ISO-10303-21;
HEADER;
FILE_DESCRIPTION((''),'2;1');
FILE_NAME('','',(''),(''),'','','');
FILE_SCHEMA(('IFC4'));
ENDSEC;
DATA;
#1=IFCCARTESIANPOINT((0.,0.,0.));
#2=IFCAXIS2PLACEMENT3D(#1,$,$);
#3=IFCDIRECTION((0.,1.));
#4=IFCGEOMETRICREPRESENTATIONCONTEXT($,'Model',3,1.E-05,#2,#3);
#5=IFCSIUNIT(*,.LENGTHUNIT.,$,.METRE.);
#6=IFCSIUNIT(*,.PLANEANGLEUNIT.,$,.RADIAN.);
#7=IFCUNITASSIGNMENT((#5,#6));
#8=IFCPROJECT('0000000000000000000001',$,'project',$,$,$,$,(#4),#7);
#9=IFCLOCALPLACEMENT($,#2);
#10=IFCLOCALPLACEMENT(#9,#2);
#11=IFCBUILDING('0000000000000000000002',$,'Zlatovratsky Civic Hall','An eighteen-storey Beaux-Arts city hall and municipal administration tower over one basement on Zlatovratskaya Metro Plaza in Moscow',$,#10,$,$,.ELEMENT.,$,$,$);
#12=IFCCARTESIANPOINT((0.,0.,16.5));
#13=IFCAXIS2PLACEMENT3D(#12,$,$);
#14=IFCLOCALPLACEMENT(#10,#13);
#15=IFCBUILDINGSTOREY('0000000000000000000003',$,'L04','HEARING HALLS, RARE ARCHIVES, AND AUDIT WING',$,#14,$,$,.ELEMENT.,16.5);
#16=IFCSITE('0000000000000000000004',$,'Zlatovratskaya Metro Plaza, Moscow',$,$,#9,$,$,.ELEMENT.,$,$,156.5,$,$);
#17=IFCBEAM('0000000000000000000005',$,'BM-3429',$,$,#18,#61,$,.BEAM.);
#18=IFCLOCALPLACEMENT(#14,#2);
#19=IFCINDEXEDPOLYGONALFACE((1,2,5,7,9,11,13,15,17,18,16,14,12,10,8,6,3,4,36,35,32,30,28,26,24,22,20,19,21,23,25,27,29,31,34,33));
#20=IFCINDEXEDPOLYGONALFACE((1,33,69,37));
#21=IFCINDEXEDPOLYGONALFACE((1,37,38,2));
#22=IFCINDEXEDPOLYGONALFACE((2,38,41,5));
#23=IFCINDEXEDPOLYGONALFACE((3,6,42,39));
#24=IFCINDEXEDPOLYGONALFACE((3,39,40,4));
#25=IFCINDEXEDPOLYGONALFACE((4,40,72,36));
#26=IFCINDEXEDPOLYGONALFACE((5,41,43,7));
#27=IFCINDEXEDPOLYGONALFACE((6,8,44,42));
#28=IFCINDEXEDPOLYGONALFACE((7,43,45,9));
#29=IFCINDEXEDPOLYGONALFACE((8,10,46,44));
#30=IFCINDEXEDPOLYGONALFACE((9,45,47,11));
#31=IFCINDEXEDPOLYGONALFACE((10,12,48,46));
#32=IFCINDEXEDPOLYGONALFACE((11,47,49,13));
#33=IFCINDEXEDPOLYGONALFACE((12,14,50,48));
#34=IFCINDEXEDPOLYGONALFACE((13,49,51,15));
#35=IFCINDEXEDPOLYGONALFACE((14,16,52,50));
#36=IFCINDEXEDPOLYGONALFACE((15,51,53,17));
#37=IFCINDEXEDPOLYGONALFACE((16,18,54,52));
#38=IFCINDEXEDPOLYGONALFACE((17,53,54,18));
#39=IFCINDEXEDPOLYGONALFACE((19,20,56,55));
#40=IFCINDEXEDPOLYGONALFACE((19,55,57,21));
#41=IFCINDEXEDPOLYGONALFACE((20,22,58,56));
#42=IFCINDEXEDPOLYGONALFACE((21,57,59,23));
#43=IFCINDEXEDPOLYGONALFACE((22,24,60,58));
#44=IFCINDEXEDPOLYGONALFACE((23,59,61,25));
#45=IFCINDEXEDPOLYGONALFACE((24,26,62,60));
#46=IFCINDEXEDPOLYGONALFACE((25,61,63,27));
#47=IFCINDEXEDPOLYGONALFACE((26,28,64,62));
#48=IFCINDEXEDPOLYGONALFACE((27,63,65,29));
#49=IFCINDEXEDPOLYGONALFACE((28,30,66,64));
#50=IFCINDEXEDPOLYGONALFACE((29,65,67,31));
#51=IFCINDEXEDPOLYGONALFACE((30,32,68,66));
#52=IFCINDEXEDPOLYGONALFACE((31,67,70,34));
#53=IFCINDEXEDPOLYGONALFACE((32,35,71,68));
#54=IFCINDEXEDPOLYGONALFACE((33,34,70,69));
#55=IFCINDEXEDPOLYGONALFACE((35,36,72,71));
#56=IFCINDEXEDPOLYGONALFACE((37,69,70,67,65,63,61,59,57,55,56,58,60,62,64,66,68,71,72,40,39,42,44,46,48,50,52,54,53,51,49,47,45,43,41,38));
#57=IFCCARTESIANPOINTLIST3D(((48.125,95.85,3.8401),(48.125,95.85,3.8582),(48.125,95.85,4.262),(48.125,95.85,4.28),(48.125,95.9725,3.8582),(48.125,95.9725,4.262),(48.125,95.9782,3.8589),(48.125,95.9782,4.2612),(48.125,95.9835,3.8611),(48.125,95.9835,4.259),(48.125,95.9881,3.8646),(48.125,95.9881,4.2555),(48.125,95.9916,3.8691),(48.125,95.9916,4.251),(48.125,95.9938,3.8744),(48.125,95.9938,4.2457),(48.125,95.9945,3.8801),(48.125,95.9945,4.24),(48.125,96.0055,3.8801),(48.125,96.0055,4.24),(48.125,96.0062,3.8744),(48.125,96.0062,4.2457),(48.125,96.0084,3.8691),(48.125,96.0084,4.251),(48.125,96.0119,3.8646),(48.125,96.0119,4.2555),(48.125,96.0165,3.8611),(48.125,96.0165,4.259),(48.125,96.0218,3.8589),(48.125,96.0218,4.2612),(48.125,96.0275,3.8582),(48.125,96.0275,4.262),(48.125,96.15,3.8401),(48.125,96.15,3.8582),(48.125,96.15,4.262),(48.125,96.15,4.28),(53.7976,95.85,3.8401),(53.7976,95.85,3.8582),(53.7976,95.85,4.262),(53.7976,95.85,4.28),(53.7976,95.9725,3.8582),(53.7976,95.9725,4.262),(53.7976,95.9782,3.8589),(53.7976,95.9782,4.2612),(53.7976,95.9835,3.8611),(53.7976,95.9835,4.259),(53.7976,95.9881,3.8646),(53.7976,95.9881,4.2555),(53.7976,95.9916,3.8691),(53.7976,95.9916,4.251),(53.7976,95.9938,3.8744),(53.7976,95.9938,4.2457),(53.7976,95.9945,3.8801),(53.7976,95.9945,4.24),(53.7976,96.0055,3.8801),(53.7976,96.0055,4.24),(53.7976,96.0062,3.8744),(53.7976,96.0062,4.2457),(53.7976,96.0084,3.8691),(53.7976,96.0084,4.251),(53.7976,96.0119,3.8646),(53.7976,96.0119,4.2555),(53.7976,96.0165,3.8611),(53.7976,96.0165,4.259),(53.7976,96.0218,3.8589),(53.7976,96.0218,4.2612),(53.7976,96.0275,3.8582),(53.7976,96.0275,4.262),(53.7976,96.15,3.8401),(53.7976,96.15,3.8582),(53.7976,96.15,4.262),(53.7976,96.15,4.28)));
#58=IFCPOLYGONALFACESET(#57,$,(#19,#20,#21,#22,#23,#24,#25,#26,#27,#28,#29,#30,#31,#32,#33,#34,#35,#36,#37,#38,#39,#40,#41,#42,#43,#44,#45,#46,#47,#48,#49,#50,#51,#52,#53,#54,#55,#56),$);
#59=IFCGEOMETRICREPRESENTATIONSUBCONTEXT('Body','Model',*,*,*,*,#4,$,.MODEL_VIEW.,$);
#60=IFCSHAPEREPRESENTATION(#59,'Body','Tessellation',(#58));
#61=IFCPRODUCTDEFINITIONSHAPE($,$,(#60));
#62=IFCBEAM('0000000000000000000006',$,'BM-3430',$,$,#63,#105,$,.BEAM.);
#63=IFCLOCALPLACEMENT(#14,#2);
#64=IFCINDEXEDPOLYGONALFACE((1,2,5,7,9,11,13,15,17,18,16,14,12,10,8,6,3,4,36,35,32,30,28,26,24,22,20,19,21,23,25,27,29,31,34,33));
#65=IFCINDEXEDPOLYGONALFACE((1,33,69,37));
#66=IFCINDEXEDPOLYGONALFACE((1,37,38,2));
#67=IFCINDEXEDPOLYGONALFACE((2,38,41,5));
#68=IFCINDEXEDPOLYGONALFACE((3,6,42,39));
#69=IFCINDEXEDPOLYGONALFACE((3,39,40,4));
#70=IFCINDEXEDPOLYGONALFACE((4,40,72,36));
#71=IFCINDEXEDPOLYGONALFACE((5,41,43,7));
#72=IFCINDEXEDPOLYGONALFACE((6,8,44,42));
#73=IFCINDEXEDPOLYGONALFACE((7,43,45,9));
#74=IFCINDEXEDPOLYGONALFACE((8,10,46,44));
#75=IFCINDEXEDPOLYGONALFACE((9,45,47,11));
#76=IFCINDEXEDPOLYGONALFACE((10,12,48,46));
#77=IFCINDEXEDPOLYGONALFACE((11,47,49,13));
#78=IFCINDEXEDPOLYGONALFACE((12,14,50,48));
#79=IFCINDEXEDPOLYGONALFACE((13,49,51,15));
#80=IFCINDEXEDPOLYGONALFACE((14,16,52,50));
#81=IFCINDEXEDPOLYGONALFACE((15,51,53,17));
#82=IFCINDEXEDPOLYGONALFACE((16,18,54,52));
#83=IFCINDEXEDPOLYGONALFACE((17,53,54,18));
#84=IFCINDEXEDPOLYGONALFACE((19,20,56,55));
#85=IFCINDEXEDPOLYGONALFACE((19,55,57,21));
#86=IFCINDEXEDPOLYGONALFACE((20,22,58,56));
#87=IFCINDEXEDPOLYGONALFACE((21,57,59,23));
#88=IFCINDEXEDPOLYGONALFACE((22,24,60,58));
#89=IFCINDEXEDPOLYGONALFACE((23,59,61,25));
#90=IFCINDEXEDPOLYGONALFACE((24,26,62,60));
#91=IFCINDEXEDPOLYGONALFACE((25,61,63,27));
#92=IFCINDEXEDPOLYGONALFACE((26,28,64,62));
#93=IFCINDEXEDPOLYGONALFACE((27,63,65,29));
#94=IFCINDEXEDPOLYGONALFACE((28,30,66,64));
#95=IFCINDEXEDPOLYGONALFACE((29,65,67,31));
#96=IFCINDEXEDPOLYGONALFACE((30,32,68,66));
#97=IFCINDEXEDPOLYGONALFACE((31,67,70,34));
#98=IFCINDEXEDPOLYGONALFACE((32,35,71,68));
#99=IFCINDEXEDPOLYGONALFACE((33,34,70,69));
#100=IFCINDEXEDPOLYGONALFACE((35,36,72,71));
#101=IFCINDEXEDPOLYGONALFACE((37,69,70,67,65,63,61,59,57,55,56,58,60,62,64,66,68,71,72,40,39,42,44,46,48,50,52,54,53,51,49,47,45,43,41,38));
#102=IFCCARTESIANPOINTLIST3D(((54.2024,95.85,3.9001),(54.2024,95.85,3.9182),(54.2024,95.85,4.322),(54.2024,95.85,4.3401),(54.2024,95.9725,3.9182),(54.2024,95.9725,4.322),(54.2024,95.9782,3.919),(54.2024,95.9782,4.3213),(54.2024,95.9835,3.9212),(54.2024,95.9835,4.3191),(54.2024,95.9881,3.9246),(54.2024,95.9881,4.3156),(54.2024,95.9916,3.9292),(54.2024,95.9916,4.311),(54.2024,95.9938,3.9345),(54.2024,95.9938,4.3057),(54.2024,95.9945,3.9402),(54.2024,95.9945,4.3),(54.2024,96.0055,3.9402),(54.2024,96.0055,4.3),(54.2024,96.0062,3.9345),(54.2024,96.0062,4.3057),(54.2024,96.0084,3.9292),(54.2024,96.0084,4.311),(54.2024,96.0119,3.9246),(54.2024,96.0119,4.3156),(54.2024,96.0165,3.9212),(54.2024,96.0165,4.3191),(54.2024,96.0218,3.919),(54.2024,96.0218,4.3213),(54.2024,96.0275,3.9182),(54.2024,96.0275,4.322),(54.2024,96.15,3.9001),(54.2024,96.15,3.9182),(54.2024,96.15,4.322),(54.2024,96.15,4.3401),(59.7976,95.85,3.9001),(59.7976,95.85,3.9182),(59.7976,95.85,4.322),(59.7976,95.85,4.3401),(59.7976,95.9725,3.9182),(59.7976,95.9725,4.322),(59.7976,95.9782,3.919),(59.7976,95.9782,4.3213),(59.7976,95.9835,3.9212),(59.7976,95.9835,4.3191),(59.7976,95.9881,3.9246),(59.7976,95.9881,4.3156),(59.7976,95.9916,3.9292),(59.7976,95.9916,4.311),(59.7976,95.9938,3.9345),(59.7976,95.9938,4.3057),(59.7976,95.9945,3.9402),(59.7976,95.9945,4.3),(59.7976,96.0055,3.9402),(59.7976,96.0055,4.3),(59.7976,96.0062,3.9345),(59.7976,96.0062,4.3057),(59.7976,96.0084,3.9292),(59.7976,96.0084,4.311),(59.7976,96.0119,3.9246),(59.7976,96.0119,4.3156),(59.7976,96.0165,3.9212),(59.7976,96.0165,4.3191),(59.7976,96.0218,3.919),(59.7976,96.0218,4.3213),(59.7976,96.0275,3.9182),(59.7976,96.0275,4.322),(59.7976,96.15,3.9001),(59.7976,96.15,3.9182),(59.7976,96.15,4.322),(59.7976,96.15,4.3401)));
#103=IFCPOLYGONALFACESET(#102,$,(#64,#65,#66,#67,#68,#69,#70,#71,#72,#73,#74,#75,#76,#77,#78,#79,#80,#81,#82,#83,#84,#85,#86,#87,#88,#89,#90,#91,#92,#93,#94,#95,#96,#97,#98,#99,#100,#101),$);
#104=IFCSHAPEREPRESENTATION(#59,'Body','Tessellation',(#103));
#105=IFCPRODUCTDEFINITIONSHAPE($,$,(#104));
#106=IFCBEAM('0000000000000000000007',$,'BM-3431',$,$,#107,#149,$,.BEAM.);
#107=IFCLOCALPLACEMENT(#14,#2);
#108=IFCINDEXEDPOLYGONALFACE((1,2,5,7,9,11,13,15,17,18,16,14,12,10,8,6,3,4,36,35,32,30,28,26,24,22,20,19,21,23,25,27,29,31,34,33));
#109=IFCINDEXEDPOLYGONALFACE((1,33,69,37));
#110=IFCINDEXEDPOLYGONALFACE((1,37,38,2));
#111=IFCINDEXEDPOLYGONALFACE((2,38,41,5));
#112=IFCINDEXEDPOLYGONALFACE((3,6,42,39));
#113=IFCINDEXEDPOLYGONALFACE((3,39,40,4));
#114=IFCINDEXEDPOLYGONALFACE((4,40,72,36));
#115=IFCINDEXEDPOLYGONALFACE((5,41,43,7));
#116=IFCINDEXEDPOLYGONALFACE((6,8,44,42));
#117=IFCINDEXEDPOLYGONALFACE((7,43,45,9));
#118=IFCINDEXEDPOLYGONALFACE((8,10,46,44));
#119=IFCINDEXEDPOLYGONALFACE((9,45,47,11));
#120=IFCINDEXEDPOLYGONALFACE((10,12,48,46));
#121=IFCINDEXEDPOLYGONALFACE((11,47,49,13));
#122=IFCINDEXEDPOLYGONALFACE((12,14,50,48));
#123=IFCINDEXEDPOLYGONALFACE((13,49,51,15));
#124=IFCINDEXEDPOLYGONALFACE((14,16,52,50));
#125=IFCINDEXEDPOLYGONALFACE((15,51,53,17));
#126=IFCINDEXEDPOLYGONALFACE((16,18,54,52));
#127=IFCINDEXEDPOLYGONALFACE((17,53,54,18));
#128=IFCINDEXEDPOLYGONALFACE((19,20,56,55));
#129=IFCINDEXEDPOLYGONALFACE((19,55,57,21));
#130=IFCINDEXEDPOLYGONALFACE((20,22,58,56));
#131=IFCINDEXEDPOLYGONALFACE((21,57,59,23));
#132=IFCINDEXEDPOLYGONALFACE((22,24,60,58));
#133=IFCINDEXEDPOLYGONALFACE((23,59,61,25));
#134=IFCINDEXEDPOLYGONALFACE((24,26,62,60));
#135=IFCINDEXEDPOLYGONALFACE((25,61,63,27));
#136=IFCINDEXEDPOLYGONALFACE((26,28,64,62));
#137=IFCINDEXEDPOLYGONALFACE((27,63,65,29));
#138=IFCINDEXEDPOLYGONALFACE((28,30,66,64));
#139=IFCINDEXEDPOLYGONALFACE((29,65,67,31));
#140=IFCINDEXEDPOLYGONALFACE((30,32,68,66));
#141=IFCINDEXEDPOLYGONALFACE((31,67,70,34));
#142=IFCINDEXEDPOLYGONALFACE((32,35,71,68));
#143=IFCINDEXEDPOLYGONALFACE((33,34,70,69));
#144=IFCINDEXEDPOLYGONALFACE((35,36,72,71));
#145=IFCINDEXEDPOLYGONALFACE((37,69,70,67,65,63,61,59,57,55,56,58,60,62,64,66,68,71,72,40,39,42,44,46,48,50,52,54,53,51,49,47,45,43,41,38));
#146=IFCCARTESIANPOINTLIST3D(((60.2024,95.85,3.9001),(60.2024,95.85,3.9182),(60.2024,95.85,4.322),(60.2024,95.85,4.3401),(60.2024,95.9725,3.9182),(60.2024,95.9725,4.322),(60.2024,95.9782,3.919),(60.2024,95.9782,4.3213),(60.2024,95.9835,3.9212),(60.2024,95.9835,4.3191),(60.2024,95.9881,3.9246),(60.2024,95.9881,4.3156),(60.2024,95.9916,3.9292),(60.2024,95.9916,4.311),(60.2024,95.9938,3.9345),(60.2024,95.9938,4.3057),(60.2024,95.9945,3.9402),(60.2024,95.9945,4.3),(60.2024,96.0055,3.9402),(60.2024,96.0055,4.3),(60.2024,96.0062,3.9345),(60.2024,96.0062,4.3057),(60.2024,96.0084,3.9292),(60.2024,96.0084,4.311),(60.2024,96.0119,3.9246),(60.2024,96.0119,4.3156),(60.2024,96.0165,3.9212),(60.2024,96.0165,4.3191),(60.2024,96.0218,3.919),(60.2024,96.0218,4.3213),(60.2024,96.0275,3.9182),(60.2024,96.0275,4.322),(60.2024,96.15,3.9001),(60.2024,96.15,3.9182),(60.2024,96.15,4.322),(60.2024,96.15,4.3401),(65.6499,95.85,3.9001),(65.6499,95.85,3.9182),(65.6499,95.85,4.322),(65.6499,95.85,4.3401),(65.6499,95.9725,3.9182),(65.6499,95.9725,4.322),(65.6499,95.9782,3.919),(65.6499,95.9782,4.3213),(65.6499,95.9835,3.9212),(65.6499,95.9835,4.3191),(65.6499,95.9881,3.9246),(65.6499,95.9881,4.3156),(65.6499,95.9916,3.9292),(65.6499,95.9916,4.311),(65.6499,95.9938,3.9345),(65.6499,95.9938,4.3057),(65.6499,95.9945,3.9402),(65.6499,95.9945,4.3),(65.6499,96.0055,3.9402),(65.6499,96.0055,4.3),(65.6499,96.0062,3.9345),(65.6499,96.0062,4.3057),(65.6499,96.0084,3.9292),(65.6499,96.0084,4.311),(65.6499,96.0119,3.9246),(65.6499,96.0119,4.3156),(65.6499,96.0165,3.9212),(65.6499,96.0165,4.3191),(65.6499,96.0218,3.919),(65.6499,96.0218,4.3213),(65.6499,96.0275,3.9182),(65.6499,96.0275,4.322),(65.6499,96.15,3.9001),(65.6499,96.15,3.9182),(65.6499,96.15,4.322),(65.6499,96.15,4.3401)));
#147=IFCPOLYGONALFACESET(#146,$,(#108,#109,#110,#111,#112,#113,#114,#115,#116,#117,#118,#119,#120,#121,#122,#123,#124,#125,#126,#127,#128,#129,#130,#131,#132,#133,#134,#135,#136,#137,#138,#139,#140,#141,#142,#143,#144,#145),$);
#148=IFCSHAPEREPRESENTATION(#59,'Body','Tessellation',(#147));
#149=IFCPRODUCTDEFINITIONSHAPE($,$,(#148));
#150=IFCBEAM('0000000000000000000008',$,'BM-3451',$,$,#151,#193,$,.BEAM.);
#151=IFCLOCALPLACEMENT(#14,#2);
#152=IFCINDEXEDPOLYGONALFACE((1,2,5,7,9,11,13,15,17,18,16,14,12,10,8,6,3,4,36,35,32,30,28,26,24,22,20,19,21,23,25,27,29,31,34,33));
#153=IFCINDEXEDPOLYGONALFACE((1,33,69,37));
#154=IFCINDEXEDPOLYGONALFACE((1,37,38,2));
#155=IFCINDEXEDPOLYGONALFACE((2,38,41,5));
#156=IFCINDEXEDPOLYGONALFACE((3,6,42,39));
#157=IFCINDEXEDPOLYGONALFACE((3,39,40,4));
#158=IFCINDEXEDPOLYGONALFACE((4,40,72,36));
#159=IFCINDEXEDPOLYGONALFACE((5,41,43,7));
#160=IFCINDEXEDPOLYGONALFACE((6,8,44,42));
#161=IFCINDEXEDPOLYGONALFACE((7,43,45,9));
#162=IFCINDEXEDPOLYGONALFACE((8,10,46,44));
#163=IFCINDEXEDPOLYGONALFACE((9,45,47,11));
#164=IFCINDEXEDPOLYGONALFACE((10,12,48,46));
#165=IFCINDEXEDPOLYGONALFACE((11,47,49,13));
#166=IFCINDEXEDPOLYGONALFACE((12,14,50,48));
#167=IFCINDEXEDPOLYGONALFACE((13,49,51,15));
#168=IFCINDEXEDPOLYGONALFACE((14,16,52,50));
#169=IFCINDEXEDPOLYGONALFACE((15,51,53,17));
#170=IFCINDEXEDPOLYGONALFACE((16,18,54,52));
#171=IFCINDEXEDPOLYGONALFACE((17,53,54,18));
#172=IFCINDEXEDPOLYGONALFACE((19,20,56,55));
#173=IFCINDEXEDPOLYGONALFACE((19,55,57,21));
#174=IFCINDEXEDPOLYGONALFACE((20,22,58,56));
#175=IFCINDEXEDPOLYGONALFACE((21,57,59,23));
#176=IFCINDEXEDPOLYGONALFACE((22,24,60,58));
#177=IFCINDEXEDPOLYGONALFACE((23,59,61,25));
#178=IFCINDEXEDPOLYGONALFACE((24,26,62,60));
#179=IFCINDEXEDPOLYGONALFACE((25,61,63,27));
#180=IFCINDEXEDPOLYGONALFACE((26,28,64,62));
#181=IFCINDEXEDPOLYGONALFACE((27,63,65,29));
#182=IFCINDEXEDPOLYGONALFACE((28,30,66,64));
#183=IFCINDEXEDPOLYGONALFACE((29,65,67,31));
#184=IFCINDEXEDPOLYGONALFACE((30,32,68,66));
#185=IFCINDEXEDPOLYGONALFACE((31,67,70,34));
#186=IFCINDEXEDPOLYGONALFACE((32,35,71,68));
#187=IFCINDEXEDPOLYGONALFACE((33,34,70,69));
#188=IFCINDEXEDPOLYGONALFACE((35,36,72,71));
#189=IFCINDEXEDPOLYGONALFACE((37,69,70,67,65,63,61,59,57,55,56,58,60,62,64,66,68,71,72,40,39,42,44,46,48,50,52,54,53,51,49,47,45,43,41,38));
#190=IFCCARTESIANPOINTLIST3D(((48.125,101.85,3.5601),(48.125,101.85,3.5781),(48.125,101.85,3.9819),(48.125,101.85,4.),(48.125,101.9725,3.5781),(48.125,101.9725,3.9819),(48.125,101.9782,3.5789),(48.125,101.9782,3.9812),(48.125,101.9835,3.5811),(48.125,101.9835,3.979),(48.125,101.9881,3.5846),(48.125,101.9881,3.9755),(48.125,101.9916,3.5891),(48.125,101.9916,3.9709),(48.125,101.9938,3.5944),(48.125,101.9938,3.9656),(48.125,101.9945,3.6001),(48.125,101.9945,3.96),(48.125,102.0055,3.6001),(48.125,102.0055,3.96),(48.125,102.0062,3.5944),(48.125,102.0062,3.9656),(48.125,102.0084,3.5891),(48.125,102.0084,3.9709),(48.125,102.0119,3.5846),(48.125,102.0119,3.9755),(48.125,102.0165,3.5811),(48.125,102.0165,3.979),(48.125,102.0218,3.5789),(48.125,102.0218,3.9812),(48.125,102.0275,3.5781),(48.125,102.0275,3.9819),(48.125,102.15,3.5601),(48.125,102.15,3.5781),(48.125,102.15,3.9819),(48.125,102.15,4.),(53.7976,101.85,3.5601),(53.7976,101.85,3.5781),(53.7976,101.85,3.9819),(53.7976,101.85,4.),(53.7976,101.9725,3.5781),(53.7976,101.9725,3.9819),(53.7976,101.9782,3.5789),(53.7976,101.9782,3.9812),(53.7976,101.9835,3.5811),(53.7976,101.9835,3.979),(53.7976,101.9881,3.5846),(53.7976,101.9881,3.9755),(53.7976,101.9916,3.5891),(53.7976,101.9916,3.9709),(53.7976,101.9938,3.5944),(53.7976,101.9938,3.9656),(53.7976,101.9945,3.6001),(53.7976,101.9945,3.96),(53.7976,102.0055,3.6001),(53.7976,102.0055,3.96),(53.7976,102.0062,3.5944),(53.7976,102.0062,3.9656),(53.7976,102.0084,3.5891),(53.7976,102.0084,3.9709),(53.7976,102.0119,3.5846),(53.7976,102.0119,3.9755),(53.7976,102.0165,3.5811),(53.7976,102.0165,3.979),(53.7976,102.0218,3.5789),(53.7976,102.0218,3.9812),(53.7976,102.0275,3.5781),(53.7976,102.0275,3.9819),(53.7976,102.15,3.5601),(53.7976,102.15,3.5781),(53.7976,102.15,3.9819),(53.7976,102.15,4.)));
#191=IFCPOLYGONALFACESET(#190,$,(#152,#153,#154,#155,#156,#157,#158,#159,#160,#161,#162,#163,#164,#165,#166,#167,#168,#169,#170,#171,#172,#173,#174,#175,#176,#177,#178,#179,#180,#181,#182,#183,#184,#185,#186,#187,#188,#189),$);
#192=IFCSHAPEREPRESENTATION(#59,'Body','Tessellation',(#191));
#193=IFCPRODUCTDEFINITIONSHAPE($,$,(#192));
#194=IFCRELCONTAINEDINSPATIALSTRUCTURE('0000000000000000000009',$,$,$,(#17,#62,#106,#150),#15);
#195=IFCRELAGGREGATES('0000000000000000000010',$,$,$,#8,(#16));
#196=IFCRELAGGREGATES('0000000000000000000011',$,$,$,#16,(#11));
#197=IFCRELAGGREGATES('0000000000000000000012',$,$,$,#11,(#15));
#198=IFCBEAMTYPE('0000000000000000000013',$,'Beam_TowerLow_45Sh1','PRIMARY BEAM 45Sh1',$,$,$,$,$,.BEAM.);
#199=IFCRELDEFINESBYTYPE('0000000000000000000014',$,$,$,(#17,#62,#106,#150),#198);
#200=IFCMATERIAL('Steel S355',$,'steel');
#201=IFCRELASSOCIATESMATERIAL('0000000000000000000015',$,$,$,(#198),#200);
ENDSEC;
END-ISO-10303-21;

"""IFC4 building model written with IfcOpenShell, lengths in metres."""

from ifc_helpers import new_model, si_unit, direction, frame, origin, origin_2d, place, context, subcontext, project, spatial, i_section, extrude, material, material_profile, profile_set, type_object, element, save


model = new_model("IFC4")

# Units and contexts
model_context = context("Model", 3, precision=1e-05, world=origin(), true_north=direction((0.0, 1.0)))
body_context = subcontext(model_context, "Body", "Model", "MODEL_VIEW")
ifc_project = project(units=[si_unit("LENGTHUNIT", "METRE"), si_unit("PLANEANGLEUNIT", "RADIAN")], contexts=[model_context])

# Site, building, storey
site_placement = place(None, origin())
site = spatial("IfcSite", under=ifc_project, at=site_placement, Name="Zlatovratskaya Metro Plaza, Moscow", CompositionType="ELEMENT", RefElevation=156.5)
building_placement = place(site_placement, origin())
building = spatial("IfcBuilding", under=site, at=building_placement, Name="Zlatovratsky Civic Hall", Description="An eighteen-storey Beaux-Arts city hall and municipal administration tower over one basement on Zlatovratskaya Metro Plaza in Moscow", CompositionType="ELEMENT")
storey_placement = place(building_placement, frame((0.0, 0.0, 16.5)))
storey = spatial("IfcBuildingStorey", under=building, at=storey_placement, Name="L04", Description="HEARING HALLS, RARE ARCHIVES, AND AUDIT WING", CompositionType="ELEMENT", Elevation=16.5)

# Shared definitions
ifc_material_1 = material(Name="Steel S355", Category="steel")

# Beams
ifc_material_profile_1 = material_profile(ifc_material_1, i_section(OverallWidth=0.3, OverallDepth=0.4399, WebThickness=0.011, FlangeThickness=0.0181, FilletRadius=0.022, at=origin_2d()), Name="45Sh1")
ifc_profile_set_1 = profile_set([ifc_material_profile_1], Name="Steel S355")
beam_type_1 = type_object("IfcBeamType", Name="Beam_TowerLow_45Sh1", Description="PRIMARY BEAM 45Sh1", PredefinedType="BEAM", material=ifc_profile_set_1)
beam_1_placement = place(storey_placement, frame((48.125, 96.0, 4.0601), z_axis=(1.0, 0.0, 0.0), x_axis=(0.0, 1.0, 0.0)))
element("IfcBeam", 1, at=beam_1_placement, inside=storey, type_object=beam_type_1, Name="BM-3429", PredefinedType="BEAM", context=body_context, shape_type="SweptSolid", body=[
    extrude(i_section(OverallWidth=0.3, OverallDepth=0.4399, WebThickness=0.011, FlangeThickness=0.0181, FilletRadius=0.022, at=origin_2d()), origin(), (0.0, 0.0, 1.0), 5.6726),
])
beam_2_placement = place(storey_placement, frame((54.2024, 96.0, 4.1201), z_axis=(1.0, 0.0, 0.0), x_axis=(0.0, 1.0, 0.0)))
element("IfcBeam", 2, at=beam_2_placement, inside=storey, type_object=beam_type_1, Name="BM-3430", PredefinedType="BEAM", context=body_context, shape_type="SweptSolid", body=[
    extrude(i_section(OverallWidth=0.3, OverallDepth=0.4399, WebThickness=0.011, FlangeThickness=0.0181, FilletRadius=0.022, at=origin_2d()), origin(), (0.0, 0.0, 1.0), 5.5952),
])
beam_3_placement = place(storey_placement, frame((60.2024, 96.0, 4.1201), z_axis=(1.0, 0.0, 0.0), x_axis=(0.0, 1.0, 0.0)))
element("IfcBeam", 3, at=beam_3_placement, inside=storey, type_object=beam_type_1, Name="BM-3431", PredefinedType="BEAM", context=body_context, shape_type="SweptSolid", body=[
    extrude(i_section(OverallWidth=0.3, OverallDepth=0.4399, WebThickness=0.011, FlangeThickness=0.0181, FilletRadius=0.022, at=origin_2d()), origin(), (0.0, 0.0, 1.0), 5.4475),
])
beam_4_placement = place(storey_placement, frame((48.125, 102.0, 3.78), z_axis=(1.0, 0.0, 0.0), x_axis=(0.0, 1.0, 0.0)))
element("IfcBeam", 4, at=beam_4_placement, inside=storey, type_object=beam_type_1, Name="BM-3451", PredefinedType="BEAM", context=body_context, shape_type="SweptSolid", body=[
    extrude(i_section(OverallWidth=0.3, OverallDepth=0.4399, WebThickness=0.011, FlangeThickness=0.0181, FilletRadius=0.022, at=origin_2d()), origin(), (0.0, 0.0, 1.0), 5.6726),
])

save(model, "model.ifc")
